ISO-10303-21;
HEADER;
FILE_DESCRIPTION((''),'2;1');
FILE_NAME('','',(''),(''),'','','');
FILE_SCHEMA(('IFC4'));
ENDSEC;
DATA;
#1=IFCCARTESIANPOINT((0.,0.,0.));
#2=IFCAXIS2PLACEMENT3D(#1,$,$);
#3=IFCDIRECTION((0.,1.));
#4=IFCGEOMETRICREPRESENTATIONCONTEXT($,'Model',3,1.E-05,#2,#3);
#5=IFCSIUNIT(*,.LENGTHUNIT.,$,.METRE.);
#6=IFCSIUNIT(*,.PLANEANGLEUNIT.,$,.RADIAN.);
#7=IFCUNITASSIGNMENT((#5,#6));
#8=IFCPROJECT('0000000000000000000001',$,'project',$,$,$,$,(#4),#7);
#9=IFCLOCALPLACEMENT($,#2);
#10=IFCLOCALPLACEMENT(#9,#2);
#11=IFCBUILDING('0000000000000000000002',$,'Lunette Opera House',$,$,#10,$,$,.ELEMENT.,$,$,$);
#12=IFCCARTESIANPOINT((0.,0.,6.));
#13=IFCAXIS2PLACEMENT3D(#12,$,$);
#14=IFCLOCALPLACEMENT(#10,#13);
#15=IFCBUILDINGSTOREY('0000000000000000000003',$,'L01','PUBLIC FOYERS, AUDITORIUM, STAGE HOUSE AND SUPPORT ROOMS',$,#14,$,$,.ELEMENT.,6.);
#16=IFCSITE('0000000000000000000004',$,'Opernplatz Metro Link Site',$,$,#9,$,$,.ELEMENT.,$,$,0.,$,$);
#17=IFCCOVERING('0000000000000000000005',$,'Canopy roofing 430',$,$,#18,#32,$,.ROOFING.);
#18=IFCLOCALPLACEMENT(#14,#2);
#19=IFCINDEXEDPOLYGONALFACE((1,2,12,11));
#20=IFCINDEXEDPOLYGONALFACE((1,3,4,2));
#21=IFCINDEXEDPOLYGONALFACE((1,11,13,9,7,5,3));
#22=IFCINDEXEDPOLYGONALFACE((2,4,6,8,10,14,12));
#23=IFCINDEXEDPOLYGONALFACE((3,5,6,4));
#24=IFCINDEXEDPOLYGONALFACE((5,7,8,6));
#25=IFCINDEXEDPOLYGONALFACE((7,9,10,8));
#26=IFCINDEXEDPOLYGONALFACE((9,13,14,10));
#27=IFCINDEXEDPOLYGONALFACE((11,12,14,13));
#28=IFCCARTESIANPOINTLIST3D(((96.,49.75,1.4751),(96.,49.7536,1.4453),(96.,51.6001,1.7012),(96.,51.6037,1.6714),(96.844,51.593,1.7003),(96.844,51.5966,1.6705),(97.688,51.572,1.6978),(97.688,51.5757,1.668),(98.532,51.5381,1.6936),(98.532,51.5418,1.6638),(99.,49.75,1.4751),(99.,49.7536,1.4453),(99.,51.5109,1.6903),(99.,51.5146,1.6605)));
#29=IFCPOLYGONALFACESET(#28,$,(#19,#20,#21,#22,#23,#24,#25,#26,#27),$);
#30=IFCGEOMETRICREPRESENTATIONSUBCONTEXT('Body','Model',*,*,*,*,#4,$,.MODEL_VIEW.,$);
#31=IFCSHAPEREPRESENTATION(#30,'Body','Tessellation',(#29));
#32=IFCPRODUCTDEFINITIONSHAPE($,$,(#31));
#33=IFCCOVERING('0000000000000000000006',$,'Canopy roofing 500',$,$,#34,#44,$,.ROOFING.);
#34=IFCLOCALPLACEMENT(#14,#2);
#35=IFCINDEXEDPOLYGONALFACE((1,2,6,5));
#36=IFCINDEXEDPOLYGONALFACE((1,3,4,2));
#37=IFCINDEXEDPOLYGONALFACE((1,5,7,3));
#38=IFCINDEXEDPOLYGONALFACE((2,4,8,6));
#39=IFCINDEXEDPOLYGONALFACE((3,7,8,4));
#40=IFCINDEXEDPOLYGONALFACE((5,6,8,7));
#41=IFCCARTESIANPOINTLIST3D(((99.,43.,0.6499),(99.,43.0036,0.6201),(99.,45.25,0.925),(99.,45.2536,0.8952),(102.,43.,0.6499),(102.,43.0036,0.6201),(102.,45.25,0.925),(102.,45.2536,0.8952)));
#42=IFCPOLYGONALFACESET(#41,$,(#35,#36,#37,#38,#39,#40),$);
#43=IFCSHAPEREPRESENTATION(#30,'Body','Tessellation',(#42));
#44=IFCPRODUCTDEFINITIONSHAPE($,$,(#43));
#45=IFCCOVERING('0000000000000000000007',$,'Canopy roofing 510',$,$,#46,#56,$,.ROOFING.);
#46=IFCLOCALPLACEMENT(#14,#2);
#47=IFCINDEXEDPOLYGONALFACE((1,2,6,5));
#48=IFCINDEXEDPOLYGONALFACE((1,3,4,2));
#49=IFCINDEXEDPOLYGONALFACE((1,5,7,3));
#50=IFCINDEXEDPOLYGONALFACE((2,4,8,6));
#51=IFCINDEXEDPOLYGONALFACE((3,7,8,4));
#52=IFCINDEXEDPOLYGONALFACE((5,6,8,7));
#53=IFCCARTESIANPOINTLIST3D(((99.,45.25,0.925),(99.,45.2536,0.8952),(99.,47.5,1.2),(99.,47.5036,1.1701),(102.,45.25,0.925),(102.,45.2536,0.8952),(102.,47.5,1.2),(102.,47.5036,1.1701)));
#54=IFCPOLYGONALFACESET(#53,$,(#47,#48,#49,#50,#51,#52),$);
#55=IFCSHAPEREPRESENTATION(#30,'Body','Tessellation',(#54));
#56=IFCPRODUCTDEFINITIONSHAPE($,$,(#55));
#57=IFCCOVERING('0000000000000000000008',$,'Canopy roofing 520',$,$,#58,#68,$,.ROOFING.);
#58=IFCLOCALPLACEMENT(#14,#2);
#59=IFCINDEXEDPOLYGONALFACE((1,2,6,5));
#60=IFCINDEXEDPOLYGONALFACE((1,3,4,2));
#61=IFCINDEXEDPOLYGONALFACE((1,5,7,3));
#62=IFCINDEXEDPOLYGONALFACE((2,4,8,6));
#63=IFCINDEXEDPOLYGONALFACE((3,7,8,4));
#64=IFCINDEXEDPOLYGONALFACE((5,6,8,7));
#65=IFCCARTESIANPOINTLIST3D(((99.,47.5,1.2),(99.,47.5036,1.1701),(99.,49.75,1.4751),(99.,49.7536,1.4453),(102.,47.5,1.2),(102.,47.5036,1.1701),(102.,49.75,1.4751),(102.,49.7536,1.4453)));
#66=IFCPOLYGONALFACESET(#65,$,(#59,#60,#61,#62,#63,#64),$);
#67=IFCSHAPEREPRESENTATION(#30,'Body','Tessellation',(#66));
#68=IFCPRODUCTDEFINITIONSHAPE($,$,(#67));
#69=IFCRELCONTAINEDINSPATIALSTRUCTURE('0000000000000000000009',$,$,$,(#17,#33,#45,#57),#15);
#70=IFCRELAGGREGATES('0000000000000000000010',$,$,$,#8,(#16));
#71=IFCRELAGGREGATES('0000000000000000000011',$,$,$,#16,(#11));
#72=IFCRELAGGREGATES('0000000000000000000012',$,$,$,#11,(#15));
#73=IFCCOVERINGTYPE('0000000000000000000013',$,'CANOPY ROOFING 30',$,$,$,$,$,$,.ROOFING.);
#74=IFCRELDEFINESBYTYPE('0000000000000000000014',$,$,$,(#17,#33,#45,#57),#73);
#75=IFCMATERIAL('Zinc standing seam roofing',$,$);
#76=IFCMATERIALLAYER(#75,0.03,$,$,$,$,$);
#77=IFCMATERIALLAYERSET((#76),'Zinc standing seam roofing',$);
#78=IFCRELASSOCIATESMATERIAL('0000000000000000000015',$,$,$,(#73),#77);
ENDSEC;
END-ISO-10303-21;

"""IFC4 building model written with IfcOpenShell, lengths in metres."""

from ifc_helpers import new_model, si_unit, direction, frame, origin, place, context, subcontext, project, spatial, polyline, outline, extrude, material, layer, layer_set, type_object, element, save


model = new_model("IFC4")

# Units and contexts
model_context = context("Model", 3, precision=1e-05, world=origin(), true_north=direction((0.0, 1.0)))
body_context = subcontext(model_context, "Body", "Model", "MODEL_VIEW")
ifc_project = project(units=[si_unit("LENGTHUNIT", "METRE"), si_unit("PLANEANGLEUNIT", "RADIAN")], contexts=[model_context])

# Site, building, storey
site_placement = place(None, origin())
site = spatial("IfcSite", under=ifc_project, at=site_placement, Name="Opernplatz Metro Link Site", CompositionType="ELEMENT", RefElevation=0.0)
building_placement = place(site_placement, origin())
building = spatial("IfcBuilding", under=site, at=building_placement, Name="Lunette Opera House", CompositionType="ELEMENT")
storey_placement = place(building_placement, frame((0.0, 0.0, 6.0)))
storey = spatial("IfcBuildingStorey", under=building, at=storey_placement, Name="L01", Description="PUBLIC FOYERS, AUDITORIUM, STAGE HOUSE AND SUPPORT ROOMS", CompositionType="ELEMENT", Elevation=6.0)

# Coverings
ifc_material_1 = material(Name="Zinc standing seam roofing")
ifc_layer_1 = layer(ifc_material_1, 0.03)
ifc_layer_set_1 = layer_set([ifc_layer_1], Name="Zinc standing seam roofing")
covering_type = type_object("IfcCoveringType", Name="CANOPY ROOFING 30", PredefinedType="ROOFING", material=ifc_layer_set_1)
covering_1_placement = place(storey_placement, frame((99.0, 49.75, 1.4751), z_axis=(0.000011, -0.121304, 0.992615), x_axis=(-1.0, -0.000001, 0.000011)))
element("IfcCovering", 1, at=covering_1_placement, inside=storey, type_object=covering_type, Name="Canopy roofing 430", PredefinedType="ROOFING", context=body_context, shape_type="SweptSolid", body=[
    extrude(outline(polyline([(0.0, 0.0), (3.0, 0.0), (3.0, -1.8638), (2.156, -1.8567), (1.312, -1.8356), (0.468, -1.8014), (0.0, -1.774), (0.0, 0.0)])), origin(), (0.0, 0.0, -1.0), 0.03),
])
covering_2_placement = place(storey_placement, frame((99.0, 43.0, 0.6499), z_axis=(0.0, -0.121383, 0.992606), x_axis=(0.0, 0.992606, 0.121383)))
element("IfcCovering", 2, at=covering_2_placement, inside=storey, type_object=covering_type, Name="Canopy roofing 500", PredefinedType="ROOFING", context=body_context, shape_type="SweptSolid", body=[
    extrude(outline(polyline([(0.0, 0.0), (2.2668, 0.0), (2.2668, -3.0), (0.0, -3.0), (0.0, 0.0)])), origin(), (0.0, 0.0, -1.0), 0.03),
])
covering_3_placement = place(storey_placement, frame((99.0, 45.25, 0.925), z_axis=(0.0, -0.121277, 0.992619), x_axis=(0.0, 0.992619, 0.121277)))
element("IfcCovering", 3, at=covering_3_placement, inside=storey, type_object=covering_type, Name="Canopy roofing 510", PredefinedType="ROOFING", context=body_context, shape_type="SweptSolid", body=[
    extrude(outline(polyline([(0.0, 0.0), (2.2667, 0.0), (2.2667, -3.0), (0.0, -3.0), (0.0, 0.0)])), origin(), (0.0, 0.0, -1.0), 0.03),
])
covering_4_placement = place(storey_placement, frame((99.0, 47.5, 1.2), z_axis=(0.0, -0.121383, 0.992606), x_axis=(0.0, 0.992606, 0.121383)))
element("IfcCovering", 4, at=covering_4_placement, inside=storey, type_object=covering_type, Name="Canopy roofing 520", PredefinedType="ROOFING", context=body_context, shape_type="SweptSolid", body=[
    extrude(outline(polyline([(0.0, 0.0), (2.2668, 0.0), (2.2668, -3.0), (0.0, -3.0), (0.0, 0.0)])), origin(), (0.0, 0.0, -1.0), 0.03),
])

save(model, "model.ifc")
